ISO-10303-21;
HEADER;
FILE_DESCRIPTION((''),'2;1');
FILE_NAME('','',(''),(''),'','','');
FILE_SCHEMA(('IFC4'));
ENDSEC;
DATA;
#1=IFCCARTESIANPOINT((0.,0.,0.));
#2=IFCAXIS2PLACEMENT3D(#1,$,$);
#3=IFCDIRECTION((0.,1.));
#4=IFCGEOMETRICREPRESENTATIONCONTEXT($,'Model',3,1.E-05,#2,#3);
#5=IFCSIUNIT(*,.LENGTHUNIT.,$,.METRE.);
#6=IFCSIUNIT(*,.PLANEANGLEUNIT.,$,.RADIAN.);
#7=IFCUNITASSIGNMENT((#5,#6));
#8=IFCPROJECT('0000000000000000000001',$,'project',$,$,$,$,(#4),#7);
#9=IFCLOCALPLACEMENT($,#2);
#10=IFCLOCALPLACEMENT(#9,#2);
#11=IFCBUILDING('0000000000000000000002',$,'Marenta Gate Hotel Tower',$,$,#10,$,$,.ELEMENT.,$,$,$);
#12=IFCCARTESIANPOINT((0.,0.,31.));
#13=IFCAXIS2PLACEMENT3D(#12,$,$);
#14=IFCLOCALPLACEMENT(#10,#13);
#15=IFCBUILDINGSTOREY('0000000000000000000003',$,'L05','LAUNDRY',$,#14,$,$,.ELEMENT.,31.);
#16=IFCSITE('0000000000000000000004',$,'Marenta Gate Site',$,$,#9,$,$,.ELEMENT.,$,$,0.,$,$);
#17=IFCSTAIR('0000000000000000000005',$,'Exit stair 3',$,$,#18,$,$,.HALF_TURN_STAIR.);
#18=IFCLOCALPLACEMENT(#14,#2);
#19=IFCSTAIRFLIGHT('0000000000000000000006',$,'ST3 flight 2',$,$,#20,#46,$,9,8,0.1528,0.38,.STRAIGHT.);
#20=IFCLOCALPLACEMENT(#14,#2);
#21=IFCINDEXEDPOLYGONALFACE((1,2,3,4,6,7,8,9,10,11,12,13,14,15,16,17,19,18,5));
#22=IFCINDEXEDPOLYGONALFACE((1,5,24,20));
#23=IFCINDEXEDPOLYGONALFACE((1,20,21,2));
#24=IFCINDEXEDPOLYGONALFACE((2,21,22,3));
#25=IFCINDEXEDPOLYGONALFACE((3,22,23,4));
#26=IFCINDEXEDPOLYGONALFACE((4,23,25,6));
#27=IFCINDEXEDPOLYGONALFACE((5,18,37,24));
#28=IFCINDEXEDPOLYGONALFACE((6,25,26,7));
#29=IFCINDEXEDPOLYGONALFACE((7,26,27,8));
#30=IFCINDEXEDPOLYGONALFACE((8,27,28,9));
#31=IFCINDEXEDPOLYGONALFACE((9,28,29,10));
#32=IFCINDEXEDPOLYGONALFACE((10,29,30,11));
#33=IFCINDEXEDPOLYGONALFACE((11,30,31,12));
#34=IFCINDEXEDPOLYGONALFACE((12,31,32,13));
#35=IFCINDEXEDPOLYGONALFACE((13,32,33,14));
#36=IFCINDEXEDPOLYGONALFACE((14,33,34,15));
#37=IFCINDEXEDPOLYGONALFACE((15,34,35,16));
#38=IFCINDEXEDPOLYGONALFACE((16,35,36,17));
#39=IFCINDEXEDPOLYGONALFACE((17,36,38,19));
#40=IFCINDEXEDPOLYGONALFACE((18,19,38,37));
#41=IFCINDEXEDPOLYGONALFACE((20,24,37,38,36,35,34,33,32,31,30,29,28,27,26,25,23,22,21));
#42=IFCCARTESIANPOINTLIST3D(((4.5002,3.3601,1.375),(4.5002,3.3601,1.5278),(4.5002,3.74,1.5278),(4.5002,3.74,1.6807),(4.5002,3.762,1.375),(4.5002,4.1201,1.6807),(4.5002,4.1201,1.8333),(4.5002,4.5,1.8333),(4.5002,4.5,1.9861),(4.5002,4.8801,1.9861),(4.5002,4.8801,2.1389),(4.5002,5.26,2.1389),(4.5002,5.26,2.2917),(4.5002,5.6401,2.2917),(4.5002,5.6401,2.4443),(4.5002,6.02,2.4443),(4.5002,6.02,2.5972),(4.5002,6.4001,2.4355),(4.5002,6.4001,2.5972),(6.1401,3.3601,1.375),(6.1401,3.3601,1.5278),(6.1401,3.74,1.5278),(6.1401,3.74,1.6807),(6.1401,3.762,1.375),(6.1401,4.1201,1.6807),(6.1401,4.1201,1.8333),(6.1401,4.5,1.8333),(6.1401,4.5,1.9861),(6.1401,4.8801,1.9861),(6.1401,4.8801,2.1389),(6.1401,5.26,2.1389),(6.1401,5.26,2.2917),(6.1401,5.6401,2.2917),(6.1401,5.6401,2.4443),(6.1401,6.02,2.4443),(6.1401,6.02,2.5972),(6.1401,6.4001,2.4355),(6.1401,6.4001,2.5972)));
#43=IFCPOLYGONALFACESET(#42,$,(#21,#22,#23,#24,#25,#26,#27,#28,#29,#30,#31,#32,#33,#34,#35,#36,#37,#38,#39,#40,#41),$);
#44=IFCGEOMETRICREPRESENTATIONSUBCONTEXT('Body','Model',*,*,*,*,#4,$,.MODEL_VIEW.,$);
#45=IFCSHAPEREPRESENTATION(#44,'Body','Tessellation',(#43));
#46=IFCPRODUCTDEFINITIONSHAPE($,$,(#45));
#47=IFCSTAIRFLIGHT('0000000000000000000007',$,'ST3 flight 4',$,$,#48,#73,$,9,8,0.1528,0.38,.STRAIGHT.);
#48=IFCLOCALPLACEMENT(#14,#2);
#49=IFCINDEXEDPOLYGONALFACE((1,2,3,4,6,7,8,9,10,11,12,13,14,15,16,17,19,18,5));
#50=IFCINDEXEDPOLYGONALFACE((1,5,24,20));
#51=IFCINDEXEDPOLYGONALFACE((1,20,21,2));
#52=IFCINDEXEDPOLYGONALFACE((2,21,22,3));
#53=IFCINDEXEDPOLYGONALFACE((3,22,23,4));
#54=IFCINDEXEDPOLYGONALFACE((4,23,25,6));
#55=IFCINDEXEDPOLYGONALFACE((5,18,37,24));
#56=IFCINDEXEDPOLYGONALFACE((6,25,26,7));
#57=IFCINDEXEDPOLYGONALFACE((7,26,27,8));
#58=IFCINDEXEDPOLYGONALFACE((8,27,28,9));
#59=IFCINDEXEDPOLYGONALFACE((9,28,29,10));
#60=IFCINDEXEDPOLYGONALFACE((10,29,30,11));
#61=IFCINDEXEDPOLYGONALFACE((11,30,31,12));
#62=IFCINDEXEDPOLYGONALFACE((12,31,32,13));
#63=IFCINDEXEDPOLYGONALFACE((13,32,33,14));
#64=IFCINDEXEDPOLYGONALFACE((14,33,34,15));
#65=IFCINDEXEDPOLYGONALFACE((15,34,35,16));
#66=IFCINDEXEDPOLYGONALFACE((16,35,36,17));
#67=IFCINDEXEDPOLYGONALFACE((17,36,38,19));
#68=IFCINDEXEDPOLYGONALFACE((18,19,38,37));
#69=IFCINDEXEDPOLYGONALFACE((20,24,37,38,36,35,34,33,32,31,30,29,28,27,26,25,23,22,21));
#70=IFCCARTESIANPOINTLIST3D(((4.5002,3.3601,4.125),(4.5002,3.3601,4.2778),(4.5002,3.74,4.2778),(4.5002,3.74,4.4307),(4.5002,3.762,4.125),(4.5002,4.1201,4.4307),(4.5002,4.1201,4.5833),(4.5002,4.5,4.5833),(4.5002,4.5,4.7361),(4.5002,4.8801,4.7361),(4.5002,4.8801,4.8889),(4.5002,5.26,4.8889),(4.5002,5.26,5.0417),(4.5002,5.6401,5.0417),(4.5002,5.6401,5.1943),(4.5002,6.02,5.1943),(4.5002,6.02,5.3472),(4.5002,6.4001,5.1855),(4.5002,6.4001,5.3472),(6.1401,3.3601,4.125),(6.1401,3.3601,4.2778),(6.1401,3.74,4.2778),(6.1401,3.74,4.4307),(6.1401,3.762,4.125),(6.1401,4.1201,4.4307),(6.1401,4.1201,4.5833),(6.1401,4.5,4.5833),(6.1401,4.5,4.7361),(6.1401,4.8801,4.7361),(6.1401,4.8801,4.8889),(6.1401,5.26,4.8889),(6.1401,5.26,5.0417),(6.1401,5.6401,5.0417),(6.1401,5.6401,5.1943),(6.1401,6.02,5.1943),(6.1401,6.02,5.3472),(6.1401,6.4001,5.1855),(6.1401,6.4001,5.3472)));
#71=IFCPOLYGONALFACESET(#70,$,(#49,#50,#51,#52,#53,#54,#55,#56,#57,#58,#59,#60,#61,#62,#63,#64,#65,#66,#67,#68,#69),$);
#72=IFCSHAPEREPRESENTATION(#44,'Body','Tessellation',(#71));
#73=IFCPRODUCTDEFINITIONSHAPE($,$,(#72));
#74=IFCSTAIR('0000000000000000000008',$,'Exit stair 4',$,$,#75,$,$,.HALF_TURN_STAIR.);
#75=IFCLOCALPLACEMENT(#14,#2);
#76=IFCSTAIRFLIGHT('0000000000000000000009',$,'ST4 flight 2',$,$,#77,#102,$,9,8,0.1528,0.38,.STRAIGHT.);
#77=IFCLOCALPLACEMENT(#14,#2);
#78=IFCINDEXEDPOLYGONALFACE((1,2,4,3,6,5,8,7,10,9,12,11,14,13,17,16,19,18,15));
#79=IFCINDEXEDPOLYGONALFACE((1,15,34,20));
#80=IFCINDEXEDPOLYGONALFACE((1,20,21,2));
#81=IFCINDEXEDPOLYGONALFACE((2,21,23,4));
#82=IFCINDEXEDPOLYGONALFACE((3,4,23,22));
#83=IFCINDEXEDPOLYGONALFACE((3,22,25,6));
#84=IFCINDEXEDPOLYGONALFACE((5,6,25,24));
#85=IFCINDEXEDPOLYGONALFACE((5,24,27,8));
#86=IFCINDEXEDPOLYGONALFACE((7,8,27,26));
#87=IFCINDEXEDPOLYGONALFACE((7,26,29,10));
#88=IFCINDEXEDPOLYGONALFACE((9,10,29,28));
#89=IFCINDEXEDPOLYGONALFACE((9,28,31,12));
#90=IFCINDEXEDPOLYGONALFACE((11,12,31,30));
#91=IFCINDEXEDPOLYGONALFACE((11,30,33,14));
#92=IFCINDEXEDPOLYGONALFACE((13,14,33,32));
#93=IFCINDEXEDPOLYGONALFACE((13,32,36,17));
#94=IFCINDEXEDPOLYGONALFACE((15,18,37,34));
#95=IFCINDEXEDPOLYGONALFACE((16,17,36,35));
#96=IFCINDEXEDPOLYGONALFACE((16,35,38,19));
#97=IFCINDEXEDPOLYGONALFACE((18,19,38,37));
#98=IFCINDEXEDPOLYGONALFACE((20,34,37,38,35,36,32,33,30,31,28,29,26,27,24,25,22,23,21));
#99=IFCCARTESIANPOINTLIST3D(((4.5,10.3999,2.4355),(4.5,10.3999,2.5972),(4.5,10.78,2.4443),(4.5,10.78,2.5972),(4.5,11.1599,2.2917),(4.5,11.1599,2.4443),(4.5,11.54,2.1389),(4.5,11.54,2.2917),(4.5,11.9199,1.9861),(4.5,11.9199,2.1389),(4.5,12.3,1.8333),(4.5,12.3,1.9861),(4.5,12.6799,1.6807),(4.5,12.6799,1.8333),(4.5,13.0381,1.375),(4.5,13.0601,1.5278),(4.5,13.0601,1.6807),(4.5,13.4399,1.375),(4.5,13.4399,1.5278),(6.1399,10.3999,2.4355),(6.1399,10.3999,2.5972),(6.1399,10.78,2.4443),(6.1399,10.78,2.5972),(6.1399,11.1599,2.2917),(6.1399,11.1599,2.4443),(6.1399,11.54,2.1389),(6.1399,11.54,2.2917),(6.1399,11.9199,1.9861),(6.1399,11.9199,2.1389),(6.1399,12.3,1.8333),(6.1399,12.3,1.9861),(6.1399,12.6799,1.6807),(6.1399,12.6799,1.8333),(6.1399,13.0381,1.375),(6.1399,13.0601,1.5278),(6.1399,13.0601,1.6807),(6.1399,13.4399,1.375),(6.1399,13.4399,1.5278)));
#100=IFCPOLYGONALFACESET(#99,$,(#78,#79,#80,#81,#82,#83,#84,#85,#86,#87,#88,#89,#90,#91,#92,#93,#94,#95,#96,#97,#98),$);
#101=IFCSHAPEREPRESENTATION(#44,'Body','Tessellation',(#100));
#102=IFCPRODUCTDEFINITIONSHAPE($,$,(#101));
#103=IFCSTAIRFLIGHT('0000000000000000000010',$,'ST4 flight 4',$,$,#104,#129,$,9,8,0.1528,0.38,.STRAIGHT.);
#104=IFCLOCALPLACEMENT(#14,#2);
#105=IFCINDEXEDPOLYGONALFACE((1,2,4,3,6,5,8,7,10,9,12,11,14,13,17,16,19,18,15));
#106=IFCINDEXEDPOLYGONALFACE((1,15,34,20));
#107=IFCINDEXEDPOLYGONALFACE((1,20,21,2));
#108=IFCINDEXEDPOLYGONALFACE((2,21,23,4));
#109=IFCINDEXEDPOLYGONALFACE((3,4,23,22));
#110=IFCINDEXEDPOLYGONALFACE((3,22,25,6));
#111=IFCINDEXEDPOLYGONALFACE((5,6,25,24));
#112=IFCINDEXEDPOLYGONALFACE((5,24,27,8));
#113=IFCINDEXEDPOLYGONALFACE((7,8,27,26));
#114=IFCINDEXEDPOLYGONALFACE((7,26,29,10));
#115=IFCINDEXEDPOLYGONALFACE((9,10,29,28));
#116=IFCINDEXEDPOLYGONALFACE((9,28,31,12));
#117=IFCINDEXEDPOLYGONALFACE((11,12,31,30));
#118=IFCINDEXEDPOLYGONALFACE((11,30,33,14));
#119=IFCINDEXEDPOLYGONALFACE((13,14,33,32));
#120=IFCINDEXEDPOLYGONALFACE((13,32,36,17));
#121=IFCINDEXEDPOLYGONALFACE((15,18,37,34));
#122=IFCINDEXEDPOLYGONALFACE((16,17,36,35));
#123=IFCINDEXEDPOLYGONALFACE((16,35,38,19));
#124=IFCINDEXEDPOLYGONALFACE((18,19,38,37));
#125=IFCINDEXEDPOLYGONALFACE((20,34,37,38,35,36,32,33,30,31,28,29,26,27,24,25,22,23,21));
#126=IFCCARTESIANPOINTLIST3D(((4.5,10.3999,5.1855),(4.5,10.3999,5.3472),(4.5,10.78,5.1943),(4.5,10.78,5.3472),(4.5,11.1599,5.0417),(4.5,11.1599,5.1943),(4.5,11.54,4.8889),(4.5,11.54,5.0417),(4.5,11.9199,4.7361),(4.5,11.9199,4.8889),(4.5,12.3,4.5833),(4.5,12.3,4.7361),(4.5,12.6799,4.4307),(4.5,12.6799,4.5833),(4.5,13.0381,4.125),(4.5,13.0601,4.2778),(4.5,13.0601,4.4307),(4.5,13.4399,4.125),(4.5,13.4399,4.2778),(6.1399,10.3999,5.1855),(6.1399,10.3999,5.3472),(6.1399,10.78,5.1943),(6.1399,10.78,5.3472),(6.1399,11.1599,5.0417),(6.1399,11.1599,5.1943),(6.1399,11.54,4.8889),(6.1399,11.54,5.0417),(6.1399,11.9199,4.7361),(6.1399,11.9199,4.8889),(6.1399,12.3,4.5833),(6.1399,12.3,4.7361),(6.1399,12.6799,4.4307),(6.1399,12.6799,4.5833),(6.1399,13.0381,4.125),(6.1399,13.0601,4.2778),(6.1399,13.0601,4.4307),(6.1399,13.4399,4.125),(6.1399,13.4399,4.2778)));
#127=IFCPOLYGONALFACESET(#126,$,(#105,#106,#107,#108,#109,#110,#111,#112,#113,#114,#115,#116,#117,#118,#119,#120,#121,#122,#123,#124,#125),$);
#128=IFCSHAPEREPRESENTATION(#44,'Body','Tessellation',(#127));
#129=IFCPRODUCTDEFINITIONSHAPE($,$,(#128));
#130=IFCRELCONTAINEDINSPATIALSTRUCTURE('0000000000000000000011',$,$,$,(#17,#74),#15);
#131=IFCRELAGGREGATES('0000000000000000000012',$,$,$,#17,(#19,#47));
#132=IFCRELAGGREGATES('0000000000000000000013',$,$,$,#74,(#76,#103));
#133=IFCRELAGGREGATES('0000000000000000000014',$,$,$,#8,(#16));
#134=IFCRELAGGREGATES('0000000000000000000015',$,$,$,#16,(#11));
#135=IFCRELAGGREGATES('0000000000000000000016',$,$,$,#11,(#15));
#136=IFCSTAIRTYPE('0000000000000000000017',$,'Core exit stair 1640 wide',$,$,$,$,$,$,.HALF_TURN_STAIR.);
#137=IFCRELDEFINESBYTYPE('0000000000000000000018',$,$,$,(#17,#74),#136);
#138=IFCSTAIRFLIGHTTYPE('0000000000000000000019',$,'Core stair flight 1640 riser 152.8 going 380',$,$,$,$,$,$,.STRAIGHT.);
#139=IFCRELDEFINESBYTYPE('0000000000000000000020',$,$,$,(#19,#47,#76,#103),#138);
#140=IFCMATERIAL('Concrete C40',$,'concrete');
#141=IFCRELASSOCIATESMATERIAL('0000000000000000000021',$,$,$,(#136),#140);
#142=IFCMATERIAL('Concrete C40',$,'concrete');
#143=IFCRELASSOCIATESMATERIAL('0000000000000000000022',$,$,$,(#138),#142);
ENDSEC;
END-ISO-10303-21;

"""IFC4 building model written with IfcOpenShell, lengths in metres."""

from ifc_helpers import new_model, si_unit, direction, frame, origin, place, context, subcontext, project, spatial, polyline, outline, extrude, material, type_object, element, aggregate, save


model = new_model("IFC4")

# Units and contexts
model_context = context("Model", 3, precision=1e-05, world=origin(), true_north=direction((0.0, 1.0)))
body_context = subcontext(model_context, "Body", "Model", "MODEL_VIEW")
ifc_project = project(units=[si_unit("LENGTHUNIT", "METRE"), si_unit("PLANEANGLEUNIT", "RADIAN")], contexts=[model_context])

# Site, building, storey
site_placement = place(None, origin())
site = spatial("IfcSite", under=ifc_project, at=site_placement, Name="Marenta Gate Site", CompositionType="ELEMENT", RefElevation=0.0)
building_placement = place(site_placement, origin())
building = spatial("IfcBuilding", under=site, at=building_placement, Name="Marenta Gate Hotel Tower", CompositionType="ELEMENT")
storey_placement = place(building_placement, frame((0.0, 0.0, 31.0)))
storey = spatial("IfcBuildingStorey", under=building, at=storey_placement, Name="L05", Description="LAUNDRY", CompositionType="ELEMENT", Elevation=31.0)

# Stairs, stair flights
ifc_material_1 = material(Name="Concrete C40", Category="concrete")
stair_type = type_object("IfcStairType", Name="Core exit stair 1640 wide", PredefinedType="HALF_TURN_STAIR", material=ifc_material_1)
stair_1_placement = place(storey_placement, origin())
stair_1 = element("IfcStair", 1, at=stair_1_placement, inside=storey, type_object=stair_type, Name="Exit stair 3", PredefinedType="HALF_TURN_STAIR")
ifc_material_2 = material(Name="Concrete C40", Category="concrete")
stair_flight_type = type_object("IfcStairFlightType", Name="Core stair flight 1640 riser 152.8 going 380", PredefinedType="STRAIGHT", material=ifc_material_2)
stair_flight_1_placement = place(storey_placement, frame((5.3201, 3.3601, 1.375), z_axis=(0.0, 0.0, 1.0), x_axis=(0.0, 1.0, 0.0)))
stair_flight_1 = element("IfcStairFlight", 2, at=stair_flight_1_placement, type_object=stair_flight_type, Name="ST3 flight 2", NumberOfRisers=9, NumberOfTreads=8, PredefinedType="STRAIGHT", RiserHeight=0.1528, TreadLength=0.38, context=body_context, shape_type="SweptSolid", body=[
    extrude(outline(polyline([(0.0, 0.0), (0.0, 0.1528), (0.3799, 0.1528), (0.3799, 0.3057), (0.76, 0.3057), (0.76, 0.4583), (1.1399, 0.4583), (1.1399, 0.6111), (1.52, 0.6111), (1.52, 0.7639), (1.8999, 0.7639), (1.8999, 0.9167), (2.28, 0.9167), (2.28, 1.0693), (2.6599, 1.0693), (2.6599, 1.2222), (3.04, 1.2222), (3.04, 1.375), (3.04, 1.0605), (0.4019, 0.0), (0.0, 0.0)])), frame((0.0, 0.8198, 0.0), z_axis=(0.0, -1.0, 0.0), x_axis=(1.0, 0.0, 0.0)), (0.0, 0.0, 1.0), 1.6399),
])
stair_flight_2_placement = place(storey_placement, frame((5.3201, 3.3601, 4.125), z_axis=(0.0, 0.0, 1.0), x_axis=(0.0, 1.0, 0.0)))
stair_flight_2 = element("IfcStairFlight", 3, at=stair_flight_2_placement, type_object=stair_flight_type, Name="ST3 flight 4", NumberOfRisers=9, NumberOfTreads=8, PredefinedType="STRAIGHT", RiserHeight=0.1528, TreadLength=0.38, context=body_context, shape_type="SweptSolid", body=[
    extrude(outline(polyline([(0.0, 0.0), (0.0, 0.1528), (0.3799, 0.1528), (0.3799, 0.3057), (0.76, 0.3057), (0.76, 0.4583), (1.1399, 0.4583), (1.1399, 0.6111), (1.52, 0.6111), (1.52, 0.7639), (1.8999, 0.7639), (1.8999, 0.9167), (2.28, 0.9167), (2.28, 1.0693), (2.6599, 1.0693), (2.6599, 1.2222), (3.04, 1.2222), (3.04, 1.375), (3.04, 1.0605), (0.4019, 0.0), (0.0, 0.0)])), frame((0.0, 0.8198, 0.0), z_axis=(0.0, -1.0, 0.0), x_axis=(1.0, 0.0, 0.0)), (0.0, 0.0, 1.0), 1.6399),
])
aggregate(stair_1, [stair_flight_1, stair_flight_2])
stair_2_placement = place(storey_placement, origin())
stair_2 = element("IfcStair", 4, at=stair_2_placement, inside=storey, type_object=stair_type, Name="Exit stair 4", PredefinedType="HALF_TURN_STAIR")
stair_flight_3_placement = place(storey_placement, frame((5.3201, 13.4399, 1.375), z_axis=(0.0, 0.0, 1.0), x_axis=(0.0, -1.0, 0.0)))
stair_flight_3 = element("IfcStairFlight", 5, at=stair_flight_3_placement, type_object=stair_flight_type, Name="ST4 flight 2", NumberOfRisers=9, NumberOfTreads=8, PredefinedType="STRAIGHT", RiserHeight=0.1528, TreadLength=0.38, context=body_context, shape_type="SweptSolid", body=[
    extrude(outline(polyline([(0.0, 0.0), (0.0, 0.1528), (0.3799, 0.1528), (0.3799, 0.3057), (0.76, 0.3057), (0.76, 0.4583), (1.1399, 0.4583), (1.1399, 0.6111), (1.52, 0.6111), (1.52, 0.7639), (1.8999, 0.7639), (1.8999, 0.9167), (2.28, 0.9167), (2.28, 1.0693), (2.6599, 1.0693), (2.6599, 1.2222), (3.04, 1.2222), (3.04, 1.375), (3.04, 1.0605), (0.4019, 0.0), (0.0, 0.0)])), frame((0.0, 0.8198, 0.0), z_axis=(0.0, -1.0, 0.0), x_axis=(1.0, 0.0, 0.0)), (0.0, 0.0, 1.0), 1.6399),
])
stair_flight_4_placement = place(storey_placement, frame((5.3201, 13.4399, 4.125), z_axis=(0.0, 0.0, 1.0), x_axis=(0.0, -1.0, 0.0)))
stair_flight_4 = element("IfcStairFlight", 6, at=stair_flight_4_placement, type_object=stair_flight_type, Name="ST4 flight 4", NumberOfRisers=9, NumberOfTreads=8, PredefinedType="STRAIGHT", RiserHeight=0.1528, TreadLength=0.38, context=body_context, shape_type="SweptSolid", body=[
    extrude(outline(polyline([(0.0, 0.0), (0.0, 0.1528), (0.3799, 0.1528), (0.3799, 0.3057), (0.76, 0.3057), (0.76, 0.4583), (1.1399, 0.4583), (1.1399, 0.6111), (1.52, 0.6111), (1.52, 0.7639), (1.8999, 0.7639), (1.8999, 0.9167), (2.28, 0.9167), (2.28, 1.0693), (2.6599, 1.0693), (2.6599, 1.2222), (3.04, 1.2222), (3.04, 1.375), (3.04, 1.0605), (0.4019, 0.0), (0.0, 0.0)])), frame((0.0, 0.8198, 0.0), z_axis=(0.0, -1.0, 0.0), x_axis=(1.0, 0.0, 0.0)), (0.0, 0.0, 1.0), 1.6399),
])
aggregate(stair_2, [stair_flight_3, stair_flight_4])

save(model, "model.ifc")
